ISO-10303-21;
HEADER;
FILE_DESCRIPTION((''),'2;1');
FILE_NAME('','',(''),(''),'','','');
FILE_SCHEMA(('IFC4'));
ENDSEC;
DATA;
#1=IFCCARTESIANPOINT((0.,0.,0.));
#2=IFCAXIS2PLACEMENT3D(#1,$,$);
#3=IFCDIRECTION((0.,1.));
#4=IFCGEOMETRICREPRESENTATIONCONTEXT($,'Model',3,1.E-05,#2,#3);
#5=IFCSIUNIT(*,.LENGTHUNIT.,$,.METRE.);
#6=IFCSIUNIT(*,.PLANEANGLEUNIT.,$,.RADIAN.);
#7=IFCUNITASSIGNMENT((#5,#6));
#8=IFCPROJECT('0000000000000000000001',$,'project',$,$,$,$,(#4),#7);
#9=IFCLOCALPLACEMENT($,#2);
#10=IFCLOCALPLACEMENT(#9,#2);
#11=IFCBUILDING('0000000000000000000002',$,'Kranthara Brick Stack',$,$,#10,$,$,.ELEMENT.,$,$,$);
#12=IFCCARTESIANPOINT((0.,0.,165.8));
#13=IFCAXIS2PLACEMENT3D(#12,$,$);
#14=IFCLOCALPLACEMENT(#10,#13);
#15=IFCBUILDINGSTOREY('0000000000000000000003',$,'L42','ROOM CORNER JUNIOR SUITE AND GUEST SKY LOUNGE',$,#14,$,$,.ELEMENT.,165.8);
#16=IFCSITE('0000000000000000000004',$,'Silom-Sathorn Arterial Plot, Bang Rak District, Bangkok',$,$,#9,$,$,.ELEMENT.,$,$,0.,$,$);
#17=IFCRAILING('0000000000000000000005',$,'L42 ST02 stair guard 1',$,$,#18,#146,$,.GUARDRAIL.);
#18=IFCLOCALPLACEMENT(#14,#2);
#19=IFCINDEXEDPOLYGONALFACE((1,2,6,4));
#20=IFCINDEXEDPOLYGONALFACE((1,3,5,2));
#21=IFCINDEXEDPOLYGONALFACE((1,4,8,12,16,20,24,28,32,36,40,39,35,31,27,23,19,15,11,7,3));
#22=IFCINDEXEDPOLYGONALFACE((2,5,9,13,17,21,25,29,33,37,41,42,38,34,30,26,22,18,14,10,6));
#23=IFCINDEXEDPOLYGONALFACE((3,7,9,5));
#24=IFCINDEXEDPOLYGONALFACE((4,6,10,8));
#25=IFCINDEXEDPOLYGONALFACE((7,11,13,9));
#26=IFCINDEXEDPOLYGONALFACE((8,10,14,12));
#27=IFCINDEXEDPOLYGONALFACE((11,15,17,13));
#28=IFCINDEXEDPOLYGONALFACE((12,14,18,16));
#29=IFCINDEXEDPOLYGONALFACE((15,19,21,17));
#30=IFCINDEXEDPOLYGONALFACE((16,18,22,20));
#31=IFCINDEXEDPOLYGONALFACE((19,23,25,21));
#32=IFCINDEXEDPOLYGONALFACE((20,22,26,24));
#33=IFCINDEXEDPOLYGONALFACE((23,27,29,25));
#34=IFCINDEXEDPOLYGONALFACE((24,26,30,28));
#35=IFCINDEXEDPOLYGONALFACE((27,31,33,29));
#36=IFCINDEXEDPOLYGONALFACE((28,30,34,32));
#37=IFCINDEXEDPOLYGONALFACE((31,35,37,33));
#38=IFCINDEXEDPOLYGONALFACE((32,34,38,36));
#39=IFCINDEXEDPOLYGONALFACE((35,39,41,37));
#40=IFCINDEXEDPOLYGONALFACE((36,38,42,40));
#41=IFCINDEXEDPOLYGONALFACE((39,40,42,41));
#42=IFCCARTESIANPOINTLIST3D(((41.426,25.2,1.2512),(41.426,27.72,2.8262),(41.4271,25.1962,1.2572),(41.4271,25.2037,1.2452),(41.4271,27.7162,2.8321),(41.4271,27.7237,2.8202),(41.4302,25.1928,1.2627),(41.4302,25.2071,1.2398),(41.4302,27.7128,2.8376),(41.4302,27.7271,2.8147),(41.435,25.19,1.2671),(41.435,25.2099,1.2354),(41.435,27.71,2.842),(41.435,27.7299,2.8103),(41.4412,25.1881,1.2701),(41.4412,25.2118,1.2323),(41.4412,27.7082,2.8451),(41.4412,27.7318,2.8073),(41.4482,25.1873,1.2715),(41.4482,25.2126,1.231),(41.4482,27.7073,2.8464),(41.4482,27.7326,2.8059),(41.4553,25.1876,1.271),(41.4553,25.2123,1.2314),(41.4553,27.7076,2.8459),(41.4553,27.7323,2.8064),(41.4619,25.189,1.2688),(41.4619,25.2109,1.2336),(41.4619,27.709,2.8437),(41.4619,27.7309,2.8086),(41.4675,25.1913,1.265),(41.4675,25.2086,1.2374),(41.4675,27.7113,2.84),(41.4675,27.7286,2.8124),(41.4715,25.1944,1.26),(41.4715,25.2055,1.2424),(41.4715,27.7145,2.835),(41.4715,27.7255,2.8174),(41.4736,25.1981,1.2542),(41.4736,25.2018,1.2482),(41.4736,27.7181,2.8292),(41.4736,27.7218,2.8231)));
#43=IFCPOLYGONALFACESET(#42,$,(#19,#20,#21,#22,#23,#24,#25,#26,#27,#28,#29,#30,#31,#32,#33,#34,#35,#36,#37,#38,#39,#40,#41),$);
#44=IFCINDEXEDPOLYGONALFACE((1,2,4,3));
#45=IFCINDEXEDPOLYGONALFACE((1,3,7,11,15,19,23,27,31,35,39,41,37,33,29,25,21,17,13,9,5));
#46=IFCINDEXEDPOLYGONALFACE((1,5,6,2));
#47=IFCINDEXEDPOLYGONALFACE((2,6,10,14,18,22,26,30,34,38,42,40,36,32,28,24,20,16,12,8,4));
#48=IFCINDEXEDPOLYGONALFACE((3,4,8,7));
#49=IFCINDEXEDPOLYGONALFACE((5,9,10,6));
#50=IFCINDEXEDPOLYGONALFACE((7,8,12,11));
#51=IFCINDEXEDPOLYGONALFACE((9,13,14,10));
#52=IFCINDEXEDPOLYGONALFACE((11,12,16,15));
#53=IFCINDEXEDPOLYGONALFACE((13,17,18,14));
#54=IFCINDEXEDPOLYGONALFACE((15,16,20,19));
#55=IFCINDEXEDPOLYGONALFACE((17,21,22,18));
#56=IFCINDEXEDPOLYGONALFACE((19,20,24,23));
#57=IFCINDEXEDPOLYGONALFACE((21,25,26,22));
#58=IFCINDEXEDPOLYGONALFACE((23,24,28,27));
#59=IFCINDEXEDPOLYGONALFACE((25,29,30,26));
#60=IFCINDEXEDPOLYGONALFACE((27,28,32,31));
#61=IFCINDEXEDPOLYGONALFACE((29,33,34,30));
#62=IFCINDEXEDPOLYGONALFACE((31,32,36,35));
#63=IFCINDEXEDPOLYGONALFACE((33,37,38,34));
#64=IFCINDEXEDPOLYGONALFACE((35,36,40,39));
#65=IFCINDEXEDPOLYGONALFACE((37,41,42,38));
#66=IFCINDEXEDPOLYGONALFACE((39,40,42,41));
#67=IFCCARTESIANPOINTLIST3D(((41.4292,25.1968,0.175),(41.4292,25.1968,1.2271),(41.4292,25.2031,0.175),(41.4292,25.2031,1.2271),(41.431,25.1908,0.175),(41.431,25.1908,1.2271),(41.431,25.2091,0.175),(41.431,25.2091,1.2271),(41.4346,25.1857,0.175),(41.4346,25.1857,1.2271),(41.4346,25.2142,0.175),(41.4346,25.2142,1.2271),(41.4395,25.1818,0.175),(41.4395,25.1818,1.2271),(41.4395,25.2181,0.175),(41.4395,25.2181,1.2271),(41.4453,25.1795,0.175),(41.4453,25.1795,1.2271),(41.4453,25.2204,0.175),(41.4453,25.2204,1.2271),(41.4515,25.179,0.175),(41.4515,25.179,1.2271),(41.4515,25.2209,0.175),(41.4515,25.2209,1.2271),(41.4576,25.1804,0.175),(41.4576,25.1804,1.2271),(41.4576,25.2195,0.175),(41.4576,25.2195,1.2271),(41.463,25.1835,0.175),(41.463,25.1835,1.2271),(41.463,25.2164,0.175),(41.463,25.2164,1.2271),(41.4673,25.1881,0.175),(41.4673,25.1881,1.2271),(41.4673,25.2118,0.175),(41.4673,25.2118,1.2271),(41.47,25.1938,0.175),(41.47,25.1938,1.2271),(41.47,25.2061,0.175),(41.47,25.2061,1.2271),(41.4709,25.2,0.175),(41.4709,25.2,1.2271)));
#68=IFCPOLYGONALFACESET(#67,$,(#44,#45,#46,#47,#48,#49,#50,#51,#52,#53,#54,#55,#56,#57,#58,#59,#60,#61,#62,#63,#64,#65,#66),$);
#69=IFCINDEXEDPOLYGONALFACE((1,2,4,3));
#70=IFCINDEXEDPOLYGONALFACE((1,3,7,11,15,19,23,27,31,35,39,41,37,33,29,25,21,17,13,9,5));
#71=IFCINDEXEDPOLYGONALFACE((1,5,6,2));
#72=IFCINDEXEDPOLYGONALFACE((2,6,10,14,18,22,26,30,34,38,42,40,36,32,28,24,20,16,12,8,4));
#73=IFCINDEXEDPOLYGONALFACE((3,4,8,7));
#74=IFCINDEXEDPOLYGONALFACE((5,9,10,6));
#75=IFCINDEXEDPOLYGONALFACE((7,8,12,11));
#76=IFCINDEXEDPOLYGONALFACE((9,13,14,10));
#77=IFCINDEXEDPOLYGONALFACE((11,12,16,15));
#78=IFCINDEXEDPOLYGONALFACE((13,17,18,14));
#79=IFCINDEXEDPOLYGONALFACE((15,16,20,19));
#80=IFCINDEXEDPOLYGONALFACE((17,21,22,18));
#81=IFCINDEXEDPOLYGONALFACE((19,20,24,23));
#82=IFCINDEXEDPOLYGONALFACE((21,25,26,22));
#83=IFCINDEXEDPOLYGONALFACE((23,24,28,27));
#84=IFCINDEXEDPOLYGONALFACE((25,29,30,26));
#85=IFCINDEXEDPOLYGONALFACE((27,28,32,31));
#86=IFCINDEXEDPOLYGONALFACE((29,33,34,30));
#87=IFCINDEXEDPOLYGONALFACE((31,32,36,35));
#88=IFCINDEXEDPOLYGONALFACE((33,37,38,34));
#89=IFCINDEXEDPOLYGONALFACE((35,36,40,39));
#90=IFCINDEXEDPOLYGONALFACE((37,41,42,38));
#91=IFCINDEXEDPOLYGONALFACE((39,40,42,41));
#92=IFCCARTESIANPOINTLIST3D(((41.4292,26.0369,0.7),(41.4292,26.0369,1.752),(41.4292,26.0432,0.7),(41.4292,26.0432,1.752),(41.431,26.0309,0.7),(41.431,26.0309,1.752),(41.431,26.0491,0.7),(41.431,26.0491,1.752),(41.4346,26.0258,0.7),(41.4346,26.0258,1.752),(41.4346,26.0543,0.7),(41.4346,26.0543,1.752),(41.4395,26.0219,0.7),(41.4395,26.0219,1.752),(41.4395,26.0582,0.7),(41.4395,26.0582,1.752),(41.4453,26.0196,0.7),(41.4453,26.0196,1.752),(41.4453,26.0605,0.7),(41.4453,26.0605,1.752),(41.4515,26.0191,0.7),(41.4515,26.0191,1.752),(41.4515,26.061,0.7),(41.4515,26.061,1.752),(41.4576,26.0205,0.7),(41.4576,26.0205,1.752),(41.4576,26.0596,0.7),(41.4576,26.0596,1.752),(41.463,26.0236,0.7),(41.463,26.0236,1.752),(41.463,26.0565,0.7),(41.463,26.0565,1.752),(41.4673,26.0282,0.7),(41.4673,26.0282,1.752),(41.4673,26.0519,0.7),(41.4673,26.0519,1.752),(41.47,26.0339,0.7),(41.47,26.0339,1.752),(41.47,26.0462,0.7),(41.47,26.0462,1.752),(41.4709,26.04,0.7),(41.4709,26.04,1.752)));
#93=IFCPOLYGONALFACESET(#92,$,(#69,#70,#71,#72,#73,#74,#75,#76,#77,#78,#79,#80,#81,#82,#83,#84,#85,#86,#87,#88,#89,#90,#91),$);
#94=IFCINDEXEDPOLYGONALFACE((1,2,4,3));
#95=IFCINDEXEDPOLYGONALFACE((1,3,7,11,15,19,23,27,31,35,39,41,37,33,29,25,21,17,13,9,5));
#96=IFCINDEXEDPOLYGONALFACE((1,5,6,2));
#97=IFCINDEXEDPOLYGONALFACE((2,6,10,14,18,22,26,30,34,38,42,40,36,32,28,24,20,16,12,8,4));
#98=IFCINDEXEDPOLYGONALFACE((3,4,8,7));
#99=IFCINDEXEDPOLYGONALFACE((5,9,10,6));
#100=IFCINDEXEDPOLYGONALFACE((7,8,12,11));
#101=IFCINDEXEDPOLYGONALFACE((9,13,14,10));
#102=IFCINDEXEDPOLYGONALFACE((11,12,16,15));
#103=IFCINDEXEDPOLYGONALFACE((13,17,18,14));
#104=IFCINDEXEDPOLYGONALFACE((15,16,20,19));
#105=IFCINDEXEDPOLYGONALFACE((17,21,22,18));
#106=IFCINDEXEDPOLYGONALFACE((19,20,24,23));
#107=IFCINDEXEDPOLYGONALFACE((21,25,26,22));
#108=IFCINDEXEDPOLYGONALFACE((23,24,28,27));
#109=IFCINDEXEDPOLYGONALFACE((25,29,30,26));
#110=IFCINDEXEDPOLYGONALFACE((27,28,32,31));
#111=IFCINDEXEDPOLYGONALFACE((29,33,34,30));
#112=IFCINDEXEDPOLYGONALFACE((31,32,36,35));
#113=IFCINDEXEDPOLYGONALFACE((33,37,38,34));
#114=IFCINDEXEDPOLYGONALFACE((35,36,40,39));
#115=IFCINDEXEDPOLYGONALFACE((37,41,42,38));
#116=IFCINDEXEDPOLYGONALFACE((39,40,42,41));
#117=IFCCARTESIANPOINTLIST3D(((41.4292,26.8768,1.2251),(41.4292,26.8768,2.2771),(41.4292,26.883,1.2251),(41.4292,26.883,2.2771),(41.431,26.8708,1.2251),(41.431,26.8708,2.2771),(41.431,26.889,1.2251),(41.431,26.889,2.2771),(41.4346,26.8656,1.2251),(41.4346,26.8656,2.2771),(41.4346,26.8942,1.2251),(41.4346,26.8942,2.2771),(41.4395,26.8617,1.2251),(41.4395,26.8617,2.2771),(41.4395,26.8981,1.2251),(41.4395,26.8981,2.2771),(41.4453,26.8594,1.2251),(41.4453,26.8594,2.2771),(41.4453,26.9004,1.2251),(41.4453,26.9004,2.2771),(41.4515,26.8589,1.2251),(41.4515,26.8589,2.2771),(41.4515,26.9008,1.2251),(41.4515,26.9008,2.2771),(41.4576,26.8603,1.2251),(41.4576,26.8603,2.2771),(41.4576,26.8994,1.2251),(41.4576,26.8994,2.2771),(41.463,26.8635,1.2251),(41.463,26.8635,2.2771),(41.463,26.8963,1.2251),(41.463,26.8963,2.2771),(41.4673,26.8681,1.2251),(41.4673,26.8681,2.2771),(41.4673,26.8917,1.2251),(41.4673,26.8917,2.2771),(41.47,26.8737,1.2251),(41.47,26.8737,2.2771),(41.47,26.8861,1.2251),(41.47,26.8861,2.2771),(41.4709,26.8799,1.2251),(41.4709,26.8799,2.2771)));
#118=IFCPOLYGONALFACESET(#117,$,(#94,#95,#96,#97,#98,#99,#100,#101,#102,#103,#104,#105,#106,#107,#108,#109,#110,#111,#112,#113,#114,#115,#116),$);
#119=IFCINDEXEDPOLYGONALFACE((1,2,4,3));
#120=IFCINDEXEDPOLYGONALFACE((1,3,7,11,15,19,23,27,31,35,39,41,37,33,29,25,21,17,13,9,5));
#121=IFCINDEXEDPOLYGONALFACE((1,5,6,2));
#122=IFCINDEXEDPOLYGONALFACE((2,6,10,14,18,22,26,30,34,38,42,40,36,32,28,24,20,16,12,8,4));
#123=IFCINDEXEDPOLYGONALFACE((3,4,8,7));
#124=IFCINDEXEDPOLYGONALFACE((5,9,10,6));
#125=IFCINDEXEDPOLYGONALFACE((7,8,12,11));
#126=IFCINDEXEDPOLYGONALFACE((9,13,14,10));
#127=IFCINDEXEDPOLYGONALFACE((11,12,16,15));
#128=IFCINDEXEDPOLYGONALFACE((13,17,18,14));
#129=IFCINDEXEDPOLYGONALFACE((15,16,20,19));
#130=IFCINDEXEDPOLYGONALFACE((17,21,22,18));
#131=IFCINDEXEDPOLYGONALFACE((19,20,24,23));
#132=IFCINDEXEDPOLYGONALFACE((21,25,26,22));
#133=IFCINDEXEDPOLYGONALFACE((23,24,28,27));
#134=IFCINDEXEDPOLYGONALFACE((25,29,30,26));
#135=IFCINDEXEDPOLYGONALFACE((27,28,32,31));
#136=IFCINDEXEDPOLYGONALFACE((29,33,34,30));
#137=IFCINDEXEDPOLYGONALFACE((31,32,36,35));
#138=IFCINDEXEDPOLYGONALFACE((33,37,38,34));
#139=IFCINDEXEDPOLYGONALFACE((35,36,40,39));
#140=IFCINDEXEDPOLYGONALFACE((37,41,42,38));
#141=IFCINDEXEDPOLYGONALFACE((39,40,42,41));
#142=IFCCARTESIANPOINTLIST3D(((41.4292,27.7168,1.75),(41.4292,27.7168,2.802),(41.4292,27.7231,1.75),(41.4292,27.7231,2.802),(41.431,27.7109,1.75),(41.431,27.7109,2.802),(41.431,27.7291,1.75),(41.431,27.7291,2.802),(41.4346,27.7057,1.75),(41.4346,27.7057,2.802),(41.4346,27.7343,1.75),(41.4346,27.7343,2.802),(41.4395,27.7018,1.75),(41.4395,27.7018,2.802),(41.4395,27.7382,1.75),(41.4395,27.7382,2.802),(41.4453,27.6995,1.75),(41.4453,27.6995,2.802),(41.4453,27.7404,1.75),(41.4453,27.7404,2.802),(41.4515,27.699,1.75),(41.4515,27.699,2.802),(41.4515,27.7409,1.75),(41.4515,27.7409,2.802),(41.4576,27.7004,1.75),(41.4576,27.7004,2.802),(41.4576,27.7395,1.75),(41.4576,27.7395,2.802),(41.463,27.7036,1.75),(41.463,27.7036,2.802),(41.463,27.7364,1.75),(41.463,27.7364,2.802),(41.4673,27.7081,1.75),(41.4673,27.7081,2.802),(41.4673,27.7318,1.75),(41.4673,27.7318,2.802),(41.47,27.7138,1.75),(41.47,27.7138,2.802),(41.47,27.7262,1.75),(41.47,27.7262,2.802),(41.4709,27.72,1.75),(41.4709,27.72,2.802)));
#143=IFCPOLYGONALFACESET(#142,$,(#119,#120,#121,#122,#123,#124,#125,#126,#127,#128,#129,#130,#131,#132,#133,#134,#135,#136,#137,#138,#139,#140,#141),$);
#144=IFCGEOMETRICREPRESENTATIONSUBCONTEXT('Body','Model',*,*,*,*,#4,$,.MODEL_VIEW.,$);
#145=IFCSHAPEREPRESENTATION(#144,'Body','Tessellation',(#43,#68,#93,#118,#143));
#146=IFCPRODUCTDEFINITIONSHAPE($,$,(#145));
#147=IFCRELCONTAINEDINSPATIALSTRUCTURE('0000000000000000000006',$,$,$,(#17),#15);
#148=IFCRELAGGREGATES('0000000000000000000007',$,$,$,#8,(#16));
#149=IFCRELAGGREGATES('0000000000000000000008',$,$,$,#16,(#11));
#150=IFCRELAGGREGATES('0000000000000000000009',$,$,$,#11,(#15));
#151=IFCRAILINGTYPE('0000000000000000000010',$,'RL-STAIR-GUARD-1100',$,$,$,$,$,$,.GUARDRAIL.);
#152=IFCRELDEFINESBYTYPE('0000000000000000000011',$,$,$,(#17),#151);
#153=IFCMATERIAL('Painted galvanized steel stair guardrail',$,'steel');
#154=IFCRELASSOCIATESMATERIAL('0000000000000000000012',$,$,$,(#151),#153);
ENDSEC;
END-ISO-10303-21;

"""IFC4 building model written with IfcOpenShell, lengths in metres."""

from ifc_helpers import new_model, si_unit, direction, frame, origin, origin_2d, place, context, subcontext, project, spatial, circle, extrude, material, type_object, element, save


model = new_model("IFC4")

# Units and contexts
model_context = context("Model", 3, precision=1e-05, world=origin(), true_north=direction((0.0, 1.0)))
body_context = subcontext(model_context, "Body", "Model", "MODEL_VIEW")
ifc_project = project(units=[si_unit("LENGTHUNIT", "METRE"), si_unit("PLANEANGLEUNIT", "RADIAN")], contexts=[model_context])

# Site, building, storey
site_placement = place(None, origin())
site = spatial("IfcSite", under=ifc_project, at=site_placement, Name="Silom-Sathorn Arterial Plot, Bang Rak District, Bangkok", CompositionType="ELEMENT", RefElevation=0.0)
building_placement = place(site_placement, origin())
building = spatial("IfcBuilding", under=site, at=building_placement, Name="Kranthara Brick Stack", CompositionType="ELEMENT")
storey_placement = place(building_placement, frame((0.0, 0.0, 165.8)))
storey = spatial("IfcBuildingStorey", under=building, at=storey_placement, Name="L42", Description="ROOM CORNER JUNIOR SUITE AND GUEST SKY LOUNGE", CompositionType="ELEMENT", Elevation=165.8)

# Railing
ifc_material_1 = material(Name="Painted galvanized steel stair guardrail", Category="steel")
railing_type = type_object("IfcRailingType", Name="RL-STAIR-GUARD-1100", PredefinedType="GUARDRAIL", material=ifc_material_1)
railing_1_placement = place(storey_placement, frame((41.45, 25.2, 0.175)))
element("IfcRailing", 1, at=railing_1_placement, inside=storey, type_object=railing_type, Name="L42 ST02 stair guard 1", PredefinedType="GUARDRAIL", context=body_context, shape_type="SweptSolid", body=[
    extrude(circle(Radius=0.0239, at=origin_2d()), frame((0.0, 0.0, 1.0762), z_axis=(0.0, 0.848008, 0.529984), x_axis=(-1.0, 0.0, 0.0)), (0.0, 0.0, 1.0), 2.9717),
    extrude(circle(Radius=0.021, at=origin_2d()), origin(), (0.0, 0.0, 1.0), 1.052),
    extrude(circle(Radius=0.021, at=origin_2d()), frame((0.0, 0.8401, 0.5249)), (0.0, 0.0, 1.0), 1.052),
    extrude(circle(Radius=0.021, at=origin_2d()), frame((0.0, 1.6799, 1.05)), (0.0, 0.0, 1.0), 1.052),
    extrude(circle(Radius=0.021, at=origin_2d()), frame((0.0, 2.52, 1.575)), (0.0, 0.0, 1.0), 1.052),
])

save(model, "model.ifc")
